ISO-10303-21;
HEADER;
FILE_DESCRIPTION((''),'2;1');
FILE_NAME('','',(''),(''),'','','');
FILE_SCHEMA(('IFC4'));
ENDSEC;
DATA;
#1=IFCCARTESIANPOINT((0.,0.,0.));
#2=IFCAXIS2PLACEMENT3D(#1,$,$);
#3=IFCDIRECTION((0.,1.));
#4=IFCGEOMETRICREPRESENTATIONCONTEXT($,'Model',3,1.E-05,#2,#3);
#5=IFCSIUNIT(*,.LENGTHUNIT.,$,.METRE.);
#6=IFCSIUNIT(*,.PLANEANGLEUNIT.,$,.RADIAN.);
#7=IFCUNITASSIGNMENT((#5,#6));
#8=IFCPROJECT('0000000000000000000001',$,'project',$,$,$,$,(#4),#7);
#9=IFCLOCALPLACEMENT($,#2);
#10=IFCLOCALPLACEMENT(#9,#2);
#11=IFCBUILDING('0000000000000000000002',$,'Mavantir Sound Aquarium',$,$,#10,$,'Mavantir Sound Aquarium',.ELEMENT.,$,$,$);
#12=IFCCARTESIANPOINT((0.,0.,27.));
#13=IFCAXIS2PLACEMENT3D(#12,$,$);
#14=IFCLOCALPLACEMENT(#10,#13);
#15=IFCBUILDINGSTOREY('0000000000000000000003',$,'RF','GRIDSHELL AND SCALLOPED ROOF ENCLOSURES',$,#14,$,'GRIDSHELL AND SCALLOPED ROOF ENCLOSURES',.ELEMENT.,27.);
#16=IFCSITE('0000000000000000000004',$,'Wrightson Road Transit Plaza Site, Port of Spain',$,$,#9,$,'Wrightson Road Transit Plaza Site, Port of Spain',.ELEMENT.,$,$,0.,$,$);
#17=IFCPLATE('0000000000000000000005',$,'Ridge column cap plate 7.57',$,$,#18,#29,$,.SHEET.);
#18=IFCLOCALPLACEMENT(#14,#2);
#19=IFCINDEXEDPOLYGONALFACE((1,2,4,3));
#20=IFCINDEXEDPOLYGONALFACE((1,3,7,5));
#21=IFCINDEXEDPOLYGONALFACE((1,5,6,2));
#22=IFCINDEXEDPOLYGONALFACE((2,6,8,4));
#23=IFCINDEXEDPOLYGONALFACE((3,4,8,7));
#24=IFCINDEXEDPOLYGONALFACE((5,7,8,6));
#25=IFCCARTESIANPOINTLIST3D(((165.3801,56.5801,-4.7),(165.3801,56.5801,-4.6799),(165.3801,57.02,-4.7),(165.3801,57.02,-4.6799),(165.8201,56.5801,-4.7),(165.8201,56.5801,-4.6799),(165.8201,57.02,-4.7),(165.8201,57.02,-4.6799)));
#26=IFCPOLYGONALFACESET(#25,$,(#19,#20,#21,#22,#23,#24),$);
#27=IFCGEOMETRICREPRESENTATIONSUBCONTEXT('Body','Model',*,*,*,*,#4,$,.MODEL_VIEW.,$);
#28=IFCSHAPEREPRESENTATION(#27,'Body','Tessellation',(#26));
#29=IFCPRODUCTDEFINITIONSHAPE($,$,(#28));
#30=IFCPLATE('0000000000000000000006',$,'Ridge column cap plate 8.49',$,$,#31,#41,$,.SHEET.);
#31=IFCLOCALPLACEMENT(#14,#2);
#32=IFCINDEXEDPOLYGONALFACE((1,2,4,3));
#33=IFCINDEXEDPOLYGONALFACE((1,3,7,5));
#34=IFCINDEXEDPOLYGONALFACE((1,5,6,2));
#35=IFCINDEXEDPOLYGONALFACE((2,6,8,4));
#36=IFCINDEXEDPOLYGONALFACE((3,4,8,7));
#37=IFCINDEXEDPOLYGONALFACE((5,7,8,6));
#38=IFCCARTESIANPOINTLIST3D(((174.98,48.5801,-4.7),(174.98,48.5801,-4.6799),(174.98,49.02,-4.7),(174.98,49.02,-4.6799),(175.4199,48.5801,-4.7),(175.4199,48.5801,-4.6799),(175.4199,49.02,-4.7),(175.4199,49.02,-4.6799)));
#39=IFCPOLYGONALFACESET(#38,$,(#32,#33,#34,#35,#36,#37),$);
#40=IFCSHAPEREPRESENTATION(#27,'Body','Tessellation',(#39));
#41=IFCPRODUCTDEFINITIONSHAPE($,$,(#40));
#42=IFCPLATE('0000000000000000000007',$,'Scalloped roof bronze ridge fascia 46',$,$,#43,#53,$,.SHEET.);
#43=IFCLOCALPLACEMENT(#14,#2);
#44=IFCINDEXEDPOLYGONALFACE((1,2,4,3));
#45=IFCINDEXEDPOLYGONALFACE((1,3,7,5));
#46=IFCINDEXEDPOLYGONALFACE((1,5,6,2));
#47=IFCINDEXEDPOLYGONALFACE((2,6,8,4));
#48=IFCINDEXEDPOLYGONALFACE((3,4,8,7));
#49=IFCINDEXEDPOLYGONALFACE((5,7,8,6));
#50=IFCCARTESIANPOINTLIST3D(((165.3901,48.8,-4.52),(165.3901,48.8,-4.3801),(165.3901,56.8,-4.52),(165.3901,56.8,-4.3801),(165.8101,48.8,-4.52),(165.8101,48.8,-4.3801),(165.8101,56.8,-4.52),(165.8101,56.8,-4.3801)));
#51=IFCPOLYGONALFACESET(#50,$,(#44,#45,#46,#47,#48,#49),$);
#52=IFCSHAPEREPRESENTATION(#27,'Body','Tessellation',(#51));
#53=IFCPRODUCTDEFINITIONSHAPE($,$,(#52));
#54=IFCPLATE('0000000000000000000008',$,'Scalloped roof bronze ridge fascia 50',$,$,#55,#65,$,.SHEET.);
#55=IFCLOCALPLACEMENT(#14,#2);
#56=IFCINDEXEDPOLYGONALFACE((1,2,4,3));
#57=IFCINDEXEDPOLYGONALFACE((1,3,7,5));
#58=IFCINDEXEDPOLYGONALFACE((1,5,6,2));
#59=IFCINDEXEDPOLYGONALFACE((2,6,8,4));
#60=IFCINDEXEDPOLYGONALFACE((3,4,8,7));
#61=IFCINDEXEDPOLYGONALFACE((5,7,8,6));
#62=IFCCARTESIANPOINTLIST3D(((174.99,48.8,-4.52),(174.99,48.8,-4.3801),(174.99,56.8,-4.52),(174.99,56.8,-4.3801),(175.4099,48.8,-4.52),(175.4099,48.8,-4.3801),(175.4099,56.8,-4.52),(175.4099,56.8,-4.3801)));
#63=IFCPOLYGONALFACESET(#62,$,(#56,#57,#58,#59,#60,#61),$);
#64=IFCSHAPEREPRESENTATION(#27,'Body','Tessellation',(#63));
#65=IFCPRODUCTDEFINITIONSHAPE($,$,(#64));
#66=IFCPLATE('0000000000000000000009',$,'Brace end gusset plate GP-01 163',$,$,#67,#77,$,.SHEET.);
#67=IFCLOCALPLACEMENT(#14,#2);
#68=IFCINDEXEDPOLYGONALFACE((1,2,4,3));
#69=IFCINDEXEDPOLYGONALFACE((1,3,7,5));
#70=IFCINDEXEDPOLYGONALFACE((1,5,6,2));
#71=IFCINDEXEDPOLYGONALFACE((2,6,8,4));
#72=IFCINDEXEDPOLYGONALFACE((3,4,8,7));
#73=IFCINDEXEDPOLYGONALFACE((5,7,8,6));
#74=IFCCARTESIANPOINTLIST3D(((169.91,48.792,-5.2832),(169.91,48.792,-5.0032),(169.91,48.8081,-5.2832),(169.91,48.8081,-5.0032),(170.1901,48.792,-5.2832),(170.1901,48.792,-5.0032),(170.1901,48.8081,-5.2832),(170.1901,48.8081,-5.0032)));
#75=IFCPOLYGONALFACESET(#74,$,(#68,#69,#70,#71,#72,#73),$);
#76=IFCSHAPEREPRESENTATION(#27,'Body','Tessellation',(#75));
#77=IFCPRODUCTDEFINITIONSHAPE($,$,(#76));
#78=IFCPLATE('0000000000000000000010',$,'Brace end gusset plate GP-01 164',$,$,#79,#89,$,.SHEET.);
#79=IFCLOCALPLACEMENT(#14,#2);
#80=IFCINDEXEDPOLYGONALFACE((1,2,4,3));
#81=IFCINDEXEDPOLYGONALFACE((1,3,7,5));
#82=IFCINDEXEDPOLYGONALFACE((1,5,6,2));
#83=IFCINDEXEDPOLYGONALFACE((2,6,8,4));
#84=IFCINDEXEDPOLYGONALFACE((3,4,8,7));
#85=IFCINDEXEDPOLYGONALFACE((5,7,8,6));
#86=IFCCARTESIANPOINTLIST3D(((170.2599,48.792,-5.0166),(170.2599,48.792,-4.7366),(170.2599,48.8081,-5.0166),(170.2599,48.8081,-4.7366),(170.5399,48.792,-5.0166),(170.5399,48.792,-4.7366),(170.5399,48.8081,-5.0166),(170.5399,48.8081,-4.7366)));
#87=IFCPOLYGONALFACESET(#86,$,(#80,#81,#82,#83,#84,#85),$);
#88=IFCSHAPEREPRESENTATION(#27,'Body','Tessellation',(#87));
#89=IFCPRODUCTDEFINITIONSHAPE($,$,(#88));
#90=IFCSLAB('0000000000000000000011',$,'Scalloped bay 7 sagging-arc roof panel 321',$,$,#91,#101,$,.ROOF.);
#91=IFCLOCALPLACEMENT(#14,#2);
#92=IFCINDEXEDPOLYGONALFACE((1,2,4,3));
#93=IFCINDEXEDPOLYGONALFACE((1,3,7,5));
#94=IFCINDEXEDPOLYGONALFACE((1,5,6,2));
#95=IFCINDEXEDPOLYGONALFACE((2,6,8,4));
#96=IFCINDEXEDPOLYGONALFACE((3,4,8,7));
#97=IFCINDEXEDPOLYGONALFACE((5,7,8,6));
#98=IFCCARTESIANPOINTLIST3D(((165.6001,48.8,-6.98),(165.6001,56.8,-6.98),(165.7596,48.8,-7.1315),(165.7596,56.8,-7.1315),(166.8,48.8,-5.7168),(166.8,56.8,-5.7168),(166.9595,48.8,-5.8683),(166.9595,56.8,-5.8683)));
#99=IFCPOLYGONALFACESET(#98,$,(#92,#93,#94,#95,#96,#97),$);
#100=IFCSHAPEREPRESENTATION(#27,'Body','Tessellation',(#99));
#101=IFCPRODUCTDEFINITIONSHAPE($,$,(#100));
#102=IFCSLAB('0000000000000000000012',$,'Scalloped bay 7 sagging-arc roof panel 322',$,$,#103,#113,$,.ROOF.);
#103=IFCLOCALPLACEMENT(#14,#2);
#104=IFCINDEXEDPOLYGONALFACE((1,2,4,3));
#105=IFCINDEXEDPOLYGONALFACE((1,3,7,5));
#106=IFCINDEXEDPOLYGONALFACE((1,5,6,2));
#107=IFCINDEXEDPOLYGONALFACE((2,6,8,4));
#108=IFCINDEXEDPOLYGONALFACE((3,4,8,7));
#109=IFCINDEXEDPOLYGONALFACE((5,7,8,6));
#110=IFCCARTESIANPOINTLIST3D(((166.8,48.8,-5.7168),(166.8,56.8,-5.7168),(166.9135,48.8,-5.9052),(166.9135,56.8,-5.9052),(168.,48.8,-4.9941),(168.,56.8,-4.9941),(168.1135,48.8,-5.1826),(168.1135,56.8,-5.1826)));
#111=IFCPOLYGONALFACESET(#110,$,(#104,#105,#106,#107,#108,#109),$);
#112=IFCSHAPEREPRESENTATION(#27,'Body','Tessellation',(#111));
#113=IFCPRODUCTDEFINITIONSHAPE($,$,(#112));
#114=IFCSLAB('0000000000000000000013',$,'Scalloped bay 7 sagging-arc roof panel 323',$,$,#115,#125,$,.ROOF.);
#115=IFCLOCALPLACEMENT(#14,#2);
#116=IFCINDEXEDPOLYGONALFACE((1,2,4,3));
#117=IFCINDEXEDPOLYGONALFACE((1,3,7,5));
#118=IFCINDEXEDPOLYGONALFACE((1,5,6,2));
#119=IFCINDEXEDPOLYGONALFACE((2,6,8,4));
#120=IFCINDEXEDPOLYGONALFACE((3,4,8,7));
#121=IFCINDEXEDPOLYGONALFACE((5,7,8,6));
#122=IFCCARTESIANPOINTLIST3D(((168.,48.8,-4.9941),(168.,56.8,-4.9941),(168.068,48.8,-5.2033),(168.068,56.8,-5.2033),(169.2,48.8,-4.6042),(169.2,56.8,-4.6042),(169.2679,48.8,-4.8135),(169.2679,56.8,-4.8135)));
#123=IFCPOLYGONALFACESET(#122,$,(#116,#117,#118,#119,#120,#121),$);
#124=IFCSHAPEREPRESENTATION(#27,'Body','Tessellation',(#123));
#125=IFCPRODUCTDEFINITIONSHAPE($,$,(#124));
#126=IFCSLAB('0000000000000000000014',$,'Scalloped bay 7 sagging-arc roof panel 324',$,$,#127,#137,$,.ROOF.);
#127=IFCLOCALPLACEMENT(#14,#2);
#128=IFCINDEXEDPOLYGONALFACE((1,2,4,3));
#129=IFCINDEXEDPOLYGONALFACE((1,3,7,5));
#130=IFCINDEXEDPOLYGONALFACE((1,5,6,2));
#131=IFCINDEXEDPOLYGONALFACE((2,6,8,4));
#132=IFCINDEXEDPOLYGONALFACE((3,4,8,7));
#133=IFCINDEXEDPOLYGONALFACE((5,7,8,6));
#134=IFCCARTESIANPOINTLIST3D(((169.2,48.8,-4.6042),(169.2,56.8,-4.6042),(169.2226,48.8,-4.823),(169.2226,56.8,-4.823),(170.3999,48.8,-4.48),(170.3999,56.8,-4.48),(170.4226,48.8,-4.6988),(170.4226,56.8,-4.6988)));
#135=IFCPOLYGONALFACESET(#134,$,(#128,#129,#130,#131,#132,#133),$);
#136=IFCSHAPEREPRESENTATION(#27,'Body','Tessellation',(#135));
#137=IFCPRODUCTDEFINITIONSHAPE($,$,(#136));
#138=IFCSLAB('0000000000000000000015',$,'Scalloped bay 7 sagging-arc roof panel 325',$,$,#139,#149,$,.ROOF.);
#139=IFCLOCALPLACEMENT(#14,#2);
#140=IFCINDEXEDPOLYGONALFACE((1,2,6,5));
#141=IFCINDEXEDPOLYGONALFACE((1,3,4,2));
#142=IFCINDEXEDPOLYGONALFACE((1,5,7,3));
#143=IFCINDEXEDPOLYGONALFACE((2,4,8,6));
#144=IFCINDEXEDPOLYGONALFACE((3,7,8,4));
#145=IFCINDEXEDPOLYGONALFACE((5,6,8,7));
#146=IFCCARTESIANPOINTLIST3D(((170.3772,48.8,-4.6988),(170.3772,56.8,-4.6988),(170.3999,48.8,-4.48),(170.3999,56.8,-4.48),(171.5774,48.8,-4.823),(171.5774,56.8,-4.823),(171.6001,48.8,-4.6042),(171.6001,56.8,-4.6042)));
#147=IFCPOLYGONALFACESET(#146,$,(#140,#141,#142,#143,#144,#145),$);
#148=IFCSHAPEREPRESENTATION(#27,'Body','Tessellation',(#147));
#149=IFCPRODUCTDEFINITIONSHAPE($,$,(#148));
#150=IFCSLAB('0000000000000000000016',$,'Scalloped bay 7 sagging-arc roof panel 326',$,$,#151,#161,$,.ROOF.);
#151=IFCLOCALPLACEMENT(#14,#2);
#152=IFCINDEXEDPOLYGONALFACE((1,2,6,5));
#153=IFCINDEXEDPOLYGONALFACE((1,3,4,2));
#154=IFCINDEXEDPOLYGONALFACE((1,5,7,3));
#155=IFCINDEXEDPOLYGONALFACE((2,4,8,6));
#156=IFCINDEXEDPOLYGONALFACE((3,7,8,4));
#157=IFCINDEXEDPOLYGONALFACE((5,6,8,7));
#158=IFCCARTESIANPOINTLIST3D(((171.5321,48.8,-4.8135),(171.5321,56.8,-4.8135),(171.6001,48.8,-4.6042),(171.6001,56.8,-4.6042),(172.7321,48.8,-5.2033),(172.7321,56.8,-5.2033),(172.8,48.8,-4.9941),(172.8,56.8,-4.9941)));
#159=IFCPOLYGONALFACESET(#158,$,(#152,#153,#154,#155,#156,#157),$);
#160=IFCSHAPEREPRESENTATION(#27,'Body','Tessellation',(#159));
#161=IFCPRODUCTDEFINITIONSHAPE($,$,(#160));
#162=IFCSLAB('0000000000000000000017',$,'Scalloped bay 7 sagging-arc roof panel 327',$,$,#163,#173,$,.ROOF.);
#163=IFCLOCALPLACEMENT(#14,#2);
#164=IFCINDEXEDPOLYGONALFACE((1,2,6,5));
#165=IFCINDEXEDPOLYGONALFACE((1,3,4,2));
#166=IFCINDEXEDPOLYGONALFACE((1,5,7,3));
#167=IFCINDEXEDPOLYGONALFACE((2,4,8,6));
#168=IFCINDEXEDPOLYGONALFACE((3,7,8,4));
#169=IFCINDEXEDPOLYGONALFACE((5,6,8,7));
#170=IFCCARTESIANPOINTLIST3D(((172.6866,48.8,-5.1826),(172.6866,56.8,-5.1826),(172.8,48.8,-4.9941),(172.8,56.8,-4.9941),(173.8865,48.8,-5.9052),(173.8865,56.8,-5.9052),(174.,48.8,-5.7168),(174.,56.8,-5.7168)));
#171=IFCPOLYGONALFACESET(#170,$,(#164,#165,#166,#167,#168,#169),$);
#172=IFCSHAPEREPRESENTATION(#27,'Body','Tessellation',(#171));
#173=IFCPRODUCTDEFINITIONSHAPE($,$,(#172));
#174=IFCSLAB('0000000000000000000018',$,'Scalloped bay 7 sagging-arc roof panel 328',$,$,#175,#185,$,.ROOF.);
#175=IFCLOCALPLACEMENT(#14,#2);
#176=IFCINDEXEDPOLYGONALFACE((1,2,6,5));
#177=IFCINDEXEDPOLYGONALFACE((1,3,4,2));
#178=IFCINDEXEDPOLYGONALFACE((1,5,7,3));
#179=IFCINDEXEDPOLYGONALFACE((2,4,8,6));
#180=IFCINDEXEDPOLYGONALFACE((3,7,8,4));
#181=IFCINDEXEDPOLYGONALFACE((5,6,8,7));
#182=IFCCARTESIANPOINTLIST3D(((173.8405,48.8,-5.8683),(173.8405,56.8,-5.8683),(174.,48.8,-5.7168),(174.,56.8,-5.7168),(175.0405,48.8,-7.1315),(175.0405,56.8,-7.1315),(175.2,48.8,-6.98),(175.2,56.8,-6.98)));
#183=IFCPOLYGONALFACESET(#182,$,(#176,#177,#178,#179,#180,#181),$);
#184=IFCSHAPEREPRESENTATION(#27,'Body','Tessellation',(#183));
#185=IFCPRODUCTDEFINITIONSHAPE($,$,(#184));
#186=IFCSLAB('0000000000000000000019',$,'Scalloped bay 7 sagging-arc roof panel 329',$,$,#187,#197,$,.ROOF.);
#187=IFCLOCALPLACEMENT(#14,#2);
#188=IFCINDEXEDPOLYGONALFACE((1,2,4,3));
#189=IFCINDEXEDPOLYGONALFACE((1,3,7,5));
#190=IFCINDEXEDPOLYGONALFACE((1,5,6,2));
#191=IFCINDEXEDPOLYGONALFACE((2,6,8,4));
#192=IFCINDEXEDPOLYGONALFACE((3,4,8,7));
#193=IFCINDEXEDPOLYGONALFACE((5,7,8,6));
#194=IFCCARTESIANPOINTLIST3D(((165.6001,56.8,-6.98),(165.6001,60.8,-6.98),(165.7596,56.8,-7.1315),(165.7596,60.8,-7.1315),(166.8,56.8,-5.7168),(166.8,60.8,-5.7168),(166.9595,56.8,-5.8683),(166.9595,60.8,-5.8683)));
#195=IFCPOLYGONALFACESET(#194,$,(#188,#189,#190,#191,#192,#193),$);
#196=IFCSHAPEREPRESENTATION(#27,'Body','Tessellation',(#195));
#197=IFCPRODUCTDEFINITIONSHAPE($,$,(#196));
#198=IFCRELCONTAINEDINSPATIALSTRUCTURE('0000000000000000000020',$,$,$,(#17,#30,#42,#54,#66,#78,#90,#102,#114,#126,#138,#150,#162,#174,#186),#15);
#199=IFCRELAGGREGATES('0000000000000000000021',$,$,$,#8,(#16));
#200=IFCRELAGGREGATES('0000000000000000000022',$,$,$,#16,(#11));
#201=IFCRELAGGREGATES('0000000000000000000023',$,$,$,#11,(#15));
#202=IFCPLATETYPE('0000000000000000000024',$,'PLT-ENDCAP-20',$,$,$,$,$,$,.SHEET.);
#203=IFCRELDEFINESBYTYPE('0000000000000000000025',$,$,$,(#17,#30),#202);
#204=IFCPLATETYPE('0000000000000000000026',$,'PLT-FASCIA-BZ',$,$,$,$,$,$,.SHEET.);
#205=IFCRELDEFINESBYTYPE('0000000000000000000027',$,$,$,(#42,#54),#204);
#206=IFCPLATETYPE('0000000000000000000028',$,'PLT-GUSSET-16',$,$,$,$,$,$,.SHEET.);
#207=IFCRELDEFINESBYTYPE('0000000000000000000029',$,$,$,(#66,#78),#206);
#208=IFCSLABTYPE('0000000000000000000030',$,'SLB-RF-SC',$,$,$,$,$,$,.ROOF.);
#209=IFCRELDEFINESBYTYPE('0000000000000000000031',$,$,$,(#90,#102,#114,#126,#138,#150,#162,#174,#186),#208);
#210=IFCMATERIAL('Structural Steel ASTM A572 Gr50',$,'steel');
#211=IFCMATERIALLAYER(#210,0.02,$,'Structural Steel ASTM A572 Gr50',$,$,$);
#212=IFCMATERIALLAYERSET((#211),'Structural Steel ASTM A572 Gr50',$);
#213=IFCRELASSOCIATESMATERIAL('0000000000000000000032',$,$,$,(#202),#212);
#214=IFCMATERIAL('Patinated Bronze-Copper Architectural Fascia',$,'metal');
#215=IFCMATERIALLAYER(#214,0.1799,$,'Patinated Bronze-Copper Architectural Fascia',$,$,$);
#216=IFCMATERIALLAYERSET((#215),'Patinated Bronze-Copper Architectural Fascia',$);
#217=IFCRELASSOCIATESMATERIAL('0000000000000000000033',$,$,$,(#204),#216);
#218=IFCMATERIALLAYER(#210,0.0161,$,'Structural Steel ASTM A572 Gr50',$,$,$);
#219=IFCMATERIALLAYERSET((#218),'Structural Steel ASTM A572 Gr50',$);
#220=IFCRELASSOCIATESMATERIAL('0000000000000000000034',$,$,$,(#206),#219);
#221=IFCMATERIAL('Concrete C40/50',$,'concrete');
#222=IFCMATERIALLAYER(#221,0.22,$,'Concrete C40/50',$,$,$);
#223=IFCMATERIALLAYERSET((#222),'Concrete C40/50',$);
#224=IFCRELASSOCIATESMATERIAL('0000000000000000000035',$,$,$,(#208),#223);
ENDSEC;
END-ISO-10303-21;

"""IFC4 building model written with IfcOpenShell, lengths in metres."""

from ifc_helpers import new_model, si_unit, direction, frame, origin, origin_2d, place, context, subcontext, project, spatial, polyline, rectangle, outline, extrude, material, layer, layer_set, type_object, element, save


model = new_model("IFC4")

# Units and contexts
model_context = context("Model", 3, precision=1e-05, world=origin(), true_north=direction((0.0, 1.0)))
body_context = subcontext(model_context, "Body", "Model", "MODEL_VIEW")
ifc_project = project(units=[si_unit("LENGTHUNIT", "METRE"), si_unit("PLANEANGLEUNIT", "RADIAN")], contexts=[model_context])

# Site, building, storey
site_placement = place(None, origin())
site = spatial("IfcSite", under=ifc_project, at=site_placement, Name="Wrightson Road Transit Plaza Site, Port of Spain", LongName="Wrightson Road Transit Plaza Site, Port of Spain", CompositionType="ELEMENT", RefElevation=0.0)
building_placement = place(site_placement, origin())
building = spatial("IfcBuilding", under=site, at=building_placement, Name="Mavantir Sound Aquarium", LongName="Mavantir Sound Aquarium", CompositionType="ELEMENT")
storey_placement = place(building_placement, frame((0.0, 0.0, 27.0)))
storey = spatial("IfcBuildingStorey", under=building, at=storey_placement, Name="RF", Description="GRIDSHELL AND SCALLOPED ROOF ENCLOSURES", LongName="GRIDSHELL AND SCALLOPED ROOF ENCLOSURES", CompositionType="ELEMENT", Elevation=27.0)

# Shared definitions
ifc_material_1 = material(Name="Concrete C40/50", Category="concrete")

# Plates
ifc_material_2 = material(Name="Structural Steel ASTM A572 Gr50", Category="steel")
ifc_layer_1 = layer(ifc_material_2, 0.02, Name="Structural Steel ASTM A572 Gr50")
ifc_layer_set_1 = layer_set([ifc_layer_1], Name="Structural Steel ASTM A572 Gr50")
plate_type_1 = type_object("IfcPlateType", Name="PLT-ENDCAP-20", PredefinedType="SHEET", material=ifc_layer_set_1)
for number, where, z_axis, x_axis, name in (
    (1, (165.6001, 56.8, -4.7), (0.0, 0.0, 1.0), (1.0, 0.0, 0.0), "Ridge column cap plate 7.57"),
    (2, (175.2, 48.8, -4.7), (0.0, 0.0, 1.0), (1.0, 0.0, 0.0), "Ridge column cap plate 8.49"),
):
    element("IfcPlate", number, at=place(storey_placement, frame(where, z_axis=z_axis, x_axis=x_axis)), inside=storey, type_object=plate_type_1, Name=name, PredefinedType="SHEET", context=body_context, shape_type="SweptSolid", body=[
        extrude(rectangle(XDim=0.4399, YDim=0.4399, at=origin_2d()), origin(), (0.0, 0.0, 1.0), 0.02),
    ])
ifc_material_3 = material(Name="Patinated Bronze-Copper Architectural Fascia", Category="metal")
ifc_layer_2 = layer(ifc_material_3, 0.1799, Name="Patinated Bronze-Copper Architectural Fascia")
ifc_layer_set_2 = layer_set([ifc_layer_2], Name="Patinated Bronze-Copper Architectural Fascia")
plate_type_2 = type_object("IfcPlateType", Name="PLT-FASCIA-BZ", PredefinedType="SHEET", material=ifc_layer_set_2)
for number, where, z_axis, x_axis, name in (
    (3, (165.6001, 52.8, -4.52), (0.0, 0.0, 1.0), (1.0, 0.0, 0.0), "Scalloped roof bronze ridge fascia 46"),
    (4, (175.2, 52.8, -4.52), (0.0, 0.0, 1.0), (1.0, 0.0, 0.0), "Scalloped roof bronze ridge fascia 50"),
):
    element("IfcPlate", number, at=place(storey_placement, frame(where, z_axis=z_axis, x_axis=x_axis)), inside=storey, type_object=plate_type_2, Name=name, PredefinedType="SHEET", context=body_context, shape_type="SweptSolid", body=[
        extrude(rectangle(XDim=0.4199, YDim=8.0, at=origin_2d()), origin(), (0.0, 0.0, 1.0), 0.1399),
    ])
ifc_layer_3 = layer(ifc_material_2, 0.0161, Name="Structural Steel ASTM A572 Gr50")
ifc_layer_set_3 = layer_set([ifc_layer_3], Name="Structural Steel ASTM A572 Gr50")
plate_type_3 = type_object("IfcPlateType", Name="PLT-GUSSET-16", PredefinedType="SHEET", material=ifc_layer_set_3)
for number, where, z_axis, x_axis, name in (
    (5, (170.05, 48.8, -5.2832), (0.0, 0.0, 1.0), (1.0, 0.0, 0.0), "Brace end gusset plate GP-01 163"),
    (6, (170.3999, 48.8, -5.0166), (0.0, 0.0, 1.0), (1.0, 0.0, 0.0), "Brace end gusset plate GP-01 164"),
):
    element("IfcPlate", number, at=place(storey_placement, frame(where, z_axis=z_axis, x_axis=x_axis)), inside=storey, type_object=plate_type_3, Name=name, PredefinedType="SHEET", context=body_context, shape_type="SweptSolid", body=[
        extrude(rectangle(XDim=0.28, YDim=0.0161, at=origin_2d()), origin(), (0.0, 0.0, 1.0), 0.28),
    ])

# Slabs
ifc_layer_4 = layer(ifc_material_1, 0.22, Name="Concrete C40/50")
ifc_layer_set_4 = layer_set([ifc_layer_4], Name="Concrete C40/50")
slab_type = type_object("IfcSlabType", Name="SLB-RF-SC", PredefinedType="ROOF", material=ifc_layer_set_4)
slab_1_placement = place(storey_placement, frame((165.6001, 48.8, -6.98), z_axis=(-0.72502, 0.0, 0.688727), x_axis=(0.688727, 0.0, 0.72502)))
element("IfcSlab", 7, at=slab_1_placement, inside=storey, type_object=slab_type, Name="Scalloped bay 7 sagging-arc roof panel 321", PredefinedType="ROOF", context=body_context, shape_type="SweptSolid", body=[
    extrude(outline(polyline([(0.0, 0.0), (1.7423, 0.0), (1.7423, 8.0), (0.0, 8.0), (0.0, 0.0)])), origin(), (0.0, 0.0, -1.0), 0.22),
])
slab_2_placement = place(storey_placement, frame((166.8, 48.8, -5.7168), z_axis=(-0.515905, 0.0, 0.856646), x_axis=(0.856646, 0.0, 0.515905)))
element("IfcSlab", 8, at=slab_2_placement, inside=storey, type_object=slab_type, Name="Scalloped bay 7 sagging-arc roof panel 322", PredefinedType="ROOF", context=body_context, shape_type="SweptSolid", body=[
    extrude(outline(polyline([(0.0, 0.0), (1.4008, 0.0), (1.4008, 8.0), (0.0, 8.0), (0.0, 0.0)])), origin(), (0.0, 0.0, -1.0), 0.22),
])
slab_3_placement = place(storey_placement, frame((168.0, 48.8, -4.9941), z_axis=(-0.30902, 0.0, 0.951055), x_axis=(0.951055, 0.0, 0.30902)))
element("IfcSlab", 9, at=slab_3_placement, inside=storey, type_object=slab_type, Name="Scalloped bay 7 sagging-arc roof panel 323", PredefinedType="ROOF", context=body_context, shape_type="SweptSolid", body=[
    extrude(outline(polyline([(0.0, 0.0), (1.2617, 0.0), (1.2617, 8.0), (0.0, 8.0), (0.0, 0.0)])), origin(), (0.0, 0.0, -1.0), 0.22),
])
slab_4_placement = place(storey_placement, frame((169.2, 48.8, -4.6042), z_axis=(-0.10301, 0.0, 0.99468), x_axis=(0.99468, 0.0, 0.10301)))
element("IfcSlab", 10, at=slab_4_placement, inside=storey, type_object=slab_type, Name="Scalloped bay 7 sagging-arc roof panel 324", PredefinedType="ROOF", context=body_context, shape_type="SweptSolid", body=[
    extrude(outline(polyline([(0.0, 0.0), (1.2064, 0.0), (1.2064, 8.0), (0.0, 8.0), (0.0, 0.0)])), origin(), (0.0, 0.0, -1.0), 0.22),
])
slab_5_placement = place(storey_placement, frame((170.3999, 48.8, -4.48), z_axis=(0.102989, 0.0, 0.994683), x_axis=(0.994683, 0.0, -0.102989)))
element("IfcSlab", 11, at=slab_5_placement, inside=storey, type_object=slab_type, Name="Scalloped bay 7 sagging-arc roof panel 325", PredefinedType="ROOF", context=body_context, shape_type="SweptSolid", body=[
    extrude(outline(polyline([(0.0, 0.0), (1.2066, 0.0), (1.2066, 8.0), (0.0, 8.0), (0.0, 0.0)])), origin(), (0.0, 0.0, -1.0), 0.22),
])
slab_6_placement = place(storey_placement, frame((171.6001, 48.8, -4.6042), z_axis=(0.30902, 0.0, 0.951055), x_axis=(0.951055, 0.0, -0.30902)))
element("IfcSlab", 12, at=slab_6_placement, inside=storey, type_object=slab_type, Name="Scalloped bay 7 sagging-arc roof panel 326", PredefinedType="ROOF", context=body_context, shape_type="SweptSolid", body=[
    extrude(outline(polyline([(0.0, 0.0), (1.2617, 0.0), (1.2617, 8.0), (0.0, 8.0), (0.0, 0.0)])), origin(), (0.0, 0.0, -1.0), 0.22),
])
slab_7_placement = place(storey_placement, frame((172.8, 48.8, -4.9941), z_axis=(0.515905, 0.0, 0.856646), x_axis=(0.856646, 0.0, -0.515905)))
element("IfcSlab", 13, at=slab_7_placement, inside=storey, type_object=slab_type, Name="Scalloped bay 7 sagging-arc roof panel 327", PredefinedType="ROOF", context=body_context, shape_type="SweptSolid", body=[
    extrude(outline(polyline([(0.0, 0.0), (1.4008, 0.0), (1.4008, 8.0), (0.0, 8.0), (0.0, 0.0)])), origin(), (0.0, 0.0, -1.0), 0.22),
])
slab_8_placement = place(storey_placement, frame((174.0, 48.8, -5.7168), z_axis=(0.72502, 0.0, 0.688727), x_axis=(0.688727, 0.0, -0.72502)))
element("IfcSlab", 14, at=slab_8_placement, inside=storey, type_object=slab_type, Name="Scalloped bay 7 sagging-arc roof panel 328", PredefinedType="ROOF", context=body_context, shape_type="SweptSolid", body=[
    extrude(outline(polyline([(0.0, 0.0), (1.7423, 0.0), (1.7423, 8.0), (0.0, 8.0), (0.0, 0.0)])), origin(), (0.0, 0.0, -1.0), 0.22),
])
slab_9_placement = place(storey_placement, frame((165.6001, 56.8, -6.98), z_axis=(-0.72502, 0.0, 0.688727), x_axis=(0.688727, 0.0, 0.72502)))
element("IfcSlab", 15, at=slab_9_placement, inside=storey, type_object=slab_type, Name="Scalloped bay 7 sagging-arc roof panel 329", PredefinedType="ROOF", context=body_context, shape_type="SweptSolid", body=[
    extrude(outline(polyline([(0.0, 0.0), (1.7423, 0.0), (1.7423, 4.0), (0.0, 4.0), (0.0, 0.0)])), origin(), (0.0, 0.0, -1.0), 0.22),
])

save(model, "model.ifc")
